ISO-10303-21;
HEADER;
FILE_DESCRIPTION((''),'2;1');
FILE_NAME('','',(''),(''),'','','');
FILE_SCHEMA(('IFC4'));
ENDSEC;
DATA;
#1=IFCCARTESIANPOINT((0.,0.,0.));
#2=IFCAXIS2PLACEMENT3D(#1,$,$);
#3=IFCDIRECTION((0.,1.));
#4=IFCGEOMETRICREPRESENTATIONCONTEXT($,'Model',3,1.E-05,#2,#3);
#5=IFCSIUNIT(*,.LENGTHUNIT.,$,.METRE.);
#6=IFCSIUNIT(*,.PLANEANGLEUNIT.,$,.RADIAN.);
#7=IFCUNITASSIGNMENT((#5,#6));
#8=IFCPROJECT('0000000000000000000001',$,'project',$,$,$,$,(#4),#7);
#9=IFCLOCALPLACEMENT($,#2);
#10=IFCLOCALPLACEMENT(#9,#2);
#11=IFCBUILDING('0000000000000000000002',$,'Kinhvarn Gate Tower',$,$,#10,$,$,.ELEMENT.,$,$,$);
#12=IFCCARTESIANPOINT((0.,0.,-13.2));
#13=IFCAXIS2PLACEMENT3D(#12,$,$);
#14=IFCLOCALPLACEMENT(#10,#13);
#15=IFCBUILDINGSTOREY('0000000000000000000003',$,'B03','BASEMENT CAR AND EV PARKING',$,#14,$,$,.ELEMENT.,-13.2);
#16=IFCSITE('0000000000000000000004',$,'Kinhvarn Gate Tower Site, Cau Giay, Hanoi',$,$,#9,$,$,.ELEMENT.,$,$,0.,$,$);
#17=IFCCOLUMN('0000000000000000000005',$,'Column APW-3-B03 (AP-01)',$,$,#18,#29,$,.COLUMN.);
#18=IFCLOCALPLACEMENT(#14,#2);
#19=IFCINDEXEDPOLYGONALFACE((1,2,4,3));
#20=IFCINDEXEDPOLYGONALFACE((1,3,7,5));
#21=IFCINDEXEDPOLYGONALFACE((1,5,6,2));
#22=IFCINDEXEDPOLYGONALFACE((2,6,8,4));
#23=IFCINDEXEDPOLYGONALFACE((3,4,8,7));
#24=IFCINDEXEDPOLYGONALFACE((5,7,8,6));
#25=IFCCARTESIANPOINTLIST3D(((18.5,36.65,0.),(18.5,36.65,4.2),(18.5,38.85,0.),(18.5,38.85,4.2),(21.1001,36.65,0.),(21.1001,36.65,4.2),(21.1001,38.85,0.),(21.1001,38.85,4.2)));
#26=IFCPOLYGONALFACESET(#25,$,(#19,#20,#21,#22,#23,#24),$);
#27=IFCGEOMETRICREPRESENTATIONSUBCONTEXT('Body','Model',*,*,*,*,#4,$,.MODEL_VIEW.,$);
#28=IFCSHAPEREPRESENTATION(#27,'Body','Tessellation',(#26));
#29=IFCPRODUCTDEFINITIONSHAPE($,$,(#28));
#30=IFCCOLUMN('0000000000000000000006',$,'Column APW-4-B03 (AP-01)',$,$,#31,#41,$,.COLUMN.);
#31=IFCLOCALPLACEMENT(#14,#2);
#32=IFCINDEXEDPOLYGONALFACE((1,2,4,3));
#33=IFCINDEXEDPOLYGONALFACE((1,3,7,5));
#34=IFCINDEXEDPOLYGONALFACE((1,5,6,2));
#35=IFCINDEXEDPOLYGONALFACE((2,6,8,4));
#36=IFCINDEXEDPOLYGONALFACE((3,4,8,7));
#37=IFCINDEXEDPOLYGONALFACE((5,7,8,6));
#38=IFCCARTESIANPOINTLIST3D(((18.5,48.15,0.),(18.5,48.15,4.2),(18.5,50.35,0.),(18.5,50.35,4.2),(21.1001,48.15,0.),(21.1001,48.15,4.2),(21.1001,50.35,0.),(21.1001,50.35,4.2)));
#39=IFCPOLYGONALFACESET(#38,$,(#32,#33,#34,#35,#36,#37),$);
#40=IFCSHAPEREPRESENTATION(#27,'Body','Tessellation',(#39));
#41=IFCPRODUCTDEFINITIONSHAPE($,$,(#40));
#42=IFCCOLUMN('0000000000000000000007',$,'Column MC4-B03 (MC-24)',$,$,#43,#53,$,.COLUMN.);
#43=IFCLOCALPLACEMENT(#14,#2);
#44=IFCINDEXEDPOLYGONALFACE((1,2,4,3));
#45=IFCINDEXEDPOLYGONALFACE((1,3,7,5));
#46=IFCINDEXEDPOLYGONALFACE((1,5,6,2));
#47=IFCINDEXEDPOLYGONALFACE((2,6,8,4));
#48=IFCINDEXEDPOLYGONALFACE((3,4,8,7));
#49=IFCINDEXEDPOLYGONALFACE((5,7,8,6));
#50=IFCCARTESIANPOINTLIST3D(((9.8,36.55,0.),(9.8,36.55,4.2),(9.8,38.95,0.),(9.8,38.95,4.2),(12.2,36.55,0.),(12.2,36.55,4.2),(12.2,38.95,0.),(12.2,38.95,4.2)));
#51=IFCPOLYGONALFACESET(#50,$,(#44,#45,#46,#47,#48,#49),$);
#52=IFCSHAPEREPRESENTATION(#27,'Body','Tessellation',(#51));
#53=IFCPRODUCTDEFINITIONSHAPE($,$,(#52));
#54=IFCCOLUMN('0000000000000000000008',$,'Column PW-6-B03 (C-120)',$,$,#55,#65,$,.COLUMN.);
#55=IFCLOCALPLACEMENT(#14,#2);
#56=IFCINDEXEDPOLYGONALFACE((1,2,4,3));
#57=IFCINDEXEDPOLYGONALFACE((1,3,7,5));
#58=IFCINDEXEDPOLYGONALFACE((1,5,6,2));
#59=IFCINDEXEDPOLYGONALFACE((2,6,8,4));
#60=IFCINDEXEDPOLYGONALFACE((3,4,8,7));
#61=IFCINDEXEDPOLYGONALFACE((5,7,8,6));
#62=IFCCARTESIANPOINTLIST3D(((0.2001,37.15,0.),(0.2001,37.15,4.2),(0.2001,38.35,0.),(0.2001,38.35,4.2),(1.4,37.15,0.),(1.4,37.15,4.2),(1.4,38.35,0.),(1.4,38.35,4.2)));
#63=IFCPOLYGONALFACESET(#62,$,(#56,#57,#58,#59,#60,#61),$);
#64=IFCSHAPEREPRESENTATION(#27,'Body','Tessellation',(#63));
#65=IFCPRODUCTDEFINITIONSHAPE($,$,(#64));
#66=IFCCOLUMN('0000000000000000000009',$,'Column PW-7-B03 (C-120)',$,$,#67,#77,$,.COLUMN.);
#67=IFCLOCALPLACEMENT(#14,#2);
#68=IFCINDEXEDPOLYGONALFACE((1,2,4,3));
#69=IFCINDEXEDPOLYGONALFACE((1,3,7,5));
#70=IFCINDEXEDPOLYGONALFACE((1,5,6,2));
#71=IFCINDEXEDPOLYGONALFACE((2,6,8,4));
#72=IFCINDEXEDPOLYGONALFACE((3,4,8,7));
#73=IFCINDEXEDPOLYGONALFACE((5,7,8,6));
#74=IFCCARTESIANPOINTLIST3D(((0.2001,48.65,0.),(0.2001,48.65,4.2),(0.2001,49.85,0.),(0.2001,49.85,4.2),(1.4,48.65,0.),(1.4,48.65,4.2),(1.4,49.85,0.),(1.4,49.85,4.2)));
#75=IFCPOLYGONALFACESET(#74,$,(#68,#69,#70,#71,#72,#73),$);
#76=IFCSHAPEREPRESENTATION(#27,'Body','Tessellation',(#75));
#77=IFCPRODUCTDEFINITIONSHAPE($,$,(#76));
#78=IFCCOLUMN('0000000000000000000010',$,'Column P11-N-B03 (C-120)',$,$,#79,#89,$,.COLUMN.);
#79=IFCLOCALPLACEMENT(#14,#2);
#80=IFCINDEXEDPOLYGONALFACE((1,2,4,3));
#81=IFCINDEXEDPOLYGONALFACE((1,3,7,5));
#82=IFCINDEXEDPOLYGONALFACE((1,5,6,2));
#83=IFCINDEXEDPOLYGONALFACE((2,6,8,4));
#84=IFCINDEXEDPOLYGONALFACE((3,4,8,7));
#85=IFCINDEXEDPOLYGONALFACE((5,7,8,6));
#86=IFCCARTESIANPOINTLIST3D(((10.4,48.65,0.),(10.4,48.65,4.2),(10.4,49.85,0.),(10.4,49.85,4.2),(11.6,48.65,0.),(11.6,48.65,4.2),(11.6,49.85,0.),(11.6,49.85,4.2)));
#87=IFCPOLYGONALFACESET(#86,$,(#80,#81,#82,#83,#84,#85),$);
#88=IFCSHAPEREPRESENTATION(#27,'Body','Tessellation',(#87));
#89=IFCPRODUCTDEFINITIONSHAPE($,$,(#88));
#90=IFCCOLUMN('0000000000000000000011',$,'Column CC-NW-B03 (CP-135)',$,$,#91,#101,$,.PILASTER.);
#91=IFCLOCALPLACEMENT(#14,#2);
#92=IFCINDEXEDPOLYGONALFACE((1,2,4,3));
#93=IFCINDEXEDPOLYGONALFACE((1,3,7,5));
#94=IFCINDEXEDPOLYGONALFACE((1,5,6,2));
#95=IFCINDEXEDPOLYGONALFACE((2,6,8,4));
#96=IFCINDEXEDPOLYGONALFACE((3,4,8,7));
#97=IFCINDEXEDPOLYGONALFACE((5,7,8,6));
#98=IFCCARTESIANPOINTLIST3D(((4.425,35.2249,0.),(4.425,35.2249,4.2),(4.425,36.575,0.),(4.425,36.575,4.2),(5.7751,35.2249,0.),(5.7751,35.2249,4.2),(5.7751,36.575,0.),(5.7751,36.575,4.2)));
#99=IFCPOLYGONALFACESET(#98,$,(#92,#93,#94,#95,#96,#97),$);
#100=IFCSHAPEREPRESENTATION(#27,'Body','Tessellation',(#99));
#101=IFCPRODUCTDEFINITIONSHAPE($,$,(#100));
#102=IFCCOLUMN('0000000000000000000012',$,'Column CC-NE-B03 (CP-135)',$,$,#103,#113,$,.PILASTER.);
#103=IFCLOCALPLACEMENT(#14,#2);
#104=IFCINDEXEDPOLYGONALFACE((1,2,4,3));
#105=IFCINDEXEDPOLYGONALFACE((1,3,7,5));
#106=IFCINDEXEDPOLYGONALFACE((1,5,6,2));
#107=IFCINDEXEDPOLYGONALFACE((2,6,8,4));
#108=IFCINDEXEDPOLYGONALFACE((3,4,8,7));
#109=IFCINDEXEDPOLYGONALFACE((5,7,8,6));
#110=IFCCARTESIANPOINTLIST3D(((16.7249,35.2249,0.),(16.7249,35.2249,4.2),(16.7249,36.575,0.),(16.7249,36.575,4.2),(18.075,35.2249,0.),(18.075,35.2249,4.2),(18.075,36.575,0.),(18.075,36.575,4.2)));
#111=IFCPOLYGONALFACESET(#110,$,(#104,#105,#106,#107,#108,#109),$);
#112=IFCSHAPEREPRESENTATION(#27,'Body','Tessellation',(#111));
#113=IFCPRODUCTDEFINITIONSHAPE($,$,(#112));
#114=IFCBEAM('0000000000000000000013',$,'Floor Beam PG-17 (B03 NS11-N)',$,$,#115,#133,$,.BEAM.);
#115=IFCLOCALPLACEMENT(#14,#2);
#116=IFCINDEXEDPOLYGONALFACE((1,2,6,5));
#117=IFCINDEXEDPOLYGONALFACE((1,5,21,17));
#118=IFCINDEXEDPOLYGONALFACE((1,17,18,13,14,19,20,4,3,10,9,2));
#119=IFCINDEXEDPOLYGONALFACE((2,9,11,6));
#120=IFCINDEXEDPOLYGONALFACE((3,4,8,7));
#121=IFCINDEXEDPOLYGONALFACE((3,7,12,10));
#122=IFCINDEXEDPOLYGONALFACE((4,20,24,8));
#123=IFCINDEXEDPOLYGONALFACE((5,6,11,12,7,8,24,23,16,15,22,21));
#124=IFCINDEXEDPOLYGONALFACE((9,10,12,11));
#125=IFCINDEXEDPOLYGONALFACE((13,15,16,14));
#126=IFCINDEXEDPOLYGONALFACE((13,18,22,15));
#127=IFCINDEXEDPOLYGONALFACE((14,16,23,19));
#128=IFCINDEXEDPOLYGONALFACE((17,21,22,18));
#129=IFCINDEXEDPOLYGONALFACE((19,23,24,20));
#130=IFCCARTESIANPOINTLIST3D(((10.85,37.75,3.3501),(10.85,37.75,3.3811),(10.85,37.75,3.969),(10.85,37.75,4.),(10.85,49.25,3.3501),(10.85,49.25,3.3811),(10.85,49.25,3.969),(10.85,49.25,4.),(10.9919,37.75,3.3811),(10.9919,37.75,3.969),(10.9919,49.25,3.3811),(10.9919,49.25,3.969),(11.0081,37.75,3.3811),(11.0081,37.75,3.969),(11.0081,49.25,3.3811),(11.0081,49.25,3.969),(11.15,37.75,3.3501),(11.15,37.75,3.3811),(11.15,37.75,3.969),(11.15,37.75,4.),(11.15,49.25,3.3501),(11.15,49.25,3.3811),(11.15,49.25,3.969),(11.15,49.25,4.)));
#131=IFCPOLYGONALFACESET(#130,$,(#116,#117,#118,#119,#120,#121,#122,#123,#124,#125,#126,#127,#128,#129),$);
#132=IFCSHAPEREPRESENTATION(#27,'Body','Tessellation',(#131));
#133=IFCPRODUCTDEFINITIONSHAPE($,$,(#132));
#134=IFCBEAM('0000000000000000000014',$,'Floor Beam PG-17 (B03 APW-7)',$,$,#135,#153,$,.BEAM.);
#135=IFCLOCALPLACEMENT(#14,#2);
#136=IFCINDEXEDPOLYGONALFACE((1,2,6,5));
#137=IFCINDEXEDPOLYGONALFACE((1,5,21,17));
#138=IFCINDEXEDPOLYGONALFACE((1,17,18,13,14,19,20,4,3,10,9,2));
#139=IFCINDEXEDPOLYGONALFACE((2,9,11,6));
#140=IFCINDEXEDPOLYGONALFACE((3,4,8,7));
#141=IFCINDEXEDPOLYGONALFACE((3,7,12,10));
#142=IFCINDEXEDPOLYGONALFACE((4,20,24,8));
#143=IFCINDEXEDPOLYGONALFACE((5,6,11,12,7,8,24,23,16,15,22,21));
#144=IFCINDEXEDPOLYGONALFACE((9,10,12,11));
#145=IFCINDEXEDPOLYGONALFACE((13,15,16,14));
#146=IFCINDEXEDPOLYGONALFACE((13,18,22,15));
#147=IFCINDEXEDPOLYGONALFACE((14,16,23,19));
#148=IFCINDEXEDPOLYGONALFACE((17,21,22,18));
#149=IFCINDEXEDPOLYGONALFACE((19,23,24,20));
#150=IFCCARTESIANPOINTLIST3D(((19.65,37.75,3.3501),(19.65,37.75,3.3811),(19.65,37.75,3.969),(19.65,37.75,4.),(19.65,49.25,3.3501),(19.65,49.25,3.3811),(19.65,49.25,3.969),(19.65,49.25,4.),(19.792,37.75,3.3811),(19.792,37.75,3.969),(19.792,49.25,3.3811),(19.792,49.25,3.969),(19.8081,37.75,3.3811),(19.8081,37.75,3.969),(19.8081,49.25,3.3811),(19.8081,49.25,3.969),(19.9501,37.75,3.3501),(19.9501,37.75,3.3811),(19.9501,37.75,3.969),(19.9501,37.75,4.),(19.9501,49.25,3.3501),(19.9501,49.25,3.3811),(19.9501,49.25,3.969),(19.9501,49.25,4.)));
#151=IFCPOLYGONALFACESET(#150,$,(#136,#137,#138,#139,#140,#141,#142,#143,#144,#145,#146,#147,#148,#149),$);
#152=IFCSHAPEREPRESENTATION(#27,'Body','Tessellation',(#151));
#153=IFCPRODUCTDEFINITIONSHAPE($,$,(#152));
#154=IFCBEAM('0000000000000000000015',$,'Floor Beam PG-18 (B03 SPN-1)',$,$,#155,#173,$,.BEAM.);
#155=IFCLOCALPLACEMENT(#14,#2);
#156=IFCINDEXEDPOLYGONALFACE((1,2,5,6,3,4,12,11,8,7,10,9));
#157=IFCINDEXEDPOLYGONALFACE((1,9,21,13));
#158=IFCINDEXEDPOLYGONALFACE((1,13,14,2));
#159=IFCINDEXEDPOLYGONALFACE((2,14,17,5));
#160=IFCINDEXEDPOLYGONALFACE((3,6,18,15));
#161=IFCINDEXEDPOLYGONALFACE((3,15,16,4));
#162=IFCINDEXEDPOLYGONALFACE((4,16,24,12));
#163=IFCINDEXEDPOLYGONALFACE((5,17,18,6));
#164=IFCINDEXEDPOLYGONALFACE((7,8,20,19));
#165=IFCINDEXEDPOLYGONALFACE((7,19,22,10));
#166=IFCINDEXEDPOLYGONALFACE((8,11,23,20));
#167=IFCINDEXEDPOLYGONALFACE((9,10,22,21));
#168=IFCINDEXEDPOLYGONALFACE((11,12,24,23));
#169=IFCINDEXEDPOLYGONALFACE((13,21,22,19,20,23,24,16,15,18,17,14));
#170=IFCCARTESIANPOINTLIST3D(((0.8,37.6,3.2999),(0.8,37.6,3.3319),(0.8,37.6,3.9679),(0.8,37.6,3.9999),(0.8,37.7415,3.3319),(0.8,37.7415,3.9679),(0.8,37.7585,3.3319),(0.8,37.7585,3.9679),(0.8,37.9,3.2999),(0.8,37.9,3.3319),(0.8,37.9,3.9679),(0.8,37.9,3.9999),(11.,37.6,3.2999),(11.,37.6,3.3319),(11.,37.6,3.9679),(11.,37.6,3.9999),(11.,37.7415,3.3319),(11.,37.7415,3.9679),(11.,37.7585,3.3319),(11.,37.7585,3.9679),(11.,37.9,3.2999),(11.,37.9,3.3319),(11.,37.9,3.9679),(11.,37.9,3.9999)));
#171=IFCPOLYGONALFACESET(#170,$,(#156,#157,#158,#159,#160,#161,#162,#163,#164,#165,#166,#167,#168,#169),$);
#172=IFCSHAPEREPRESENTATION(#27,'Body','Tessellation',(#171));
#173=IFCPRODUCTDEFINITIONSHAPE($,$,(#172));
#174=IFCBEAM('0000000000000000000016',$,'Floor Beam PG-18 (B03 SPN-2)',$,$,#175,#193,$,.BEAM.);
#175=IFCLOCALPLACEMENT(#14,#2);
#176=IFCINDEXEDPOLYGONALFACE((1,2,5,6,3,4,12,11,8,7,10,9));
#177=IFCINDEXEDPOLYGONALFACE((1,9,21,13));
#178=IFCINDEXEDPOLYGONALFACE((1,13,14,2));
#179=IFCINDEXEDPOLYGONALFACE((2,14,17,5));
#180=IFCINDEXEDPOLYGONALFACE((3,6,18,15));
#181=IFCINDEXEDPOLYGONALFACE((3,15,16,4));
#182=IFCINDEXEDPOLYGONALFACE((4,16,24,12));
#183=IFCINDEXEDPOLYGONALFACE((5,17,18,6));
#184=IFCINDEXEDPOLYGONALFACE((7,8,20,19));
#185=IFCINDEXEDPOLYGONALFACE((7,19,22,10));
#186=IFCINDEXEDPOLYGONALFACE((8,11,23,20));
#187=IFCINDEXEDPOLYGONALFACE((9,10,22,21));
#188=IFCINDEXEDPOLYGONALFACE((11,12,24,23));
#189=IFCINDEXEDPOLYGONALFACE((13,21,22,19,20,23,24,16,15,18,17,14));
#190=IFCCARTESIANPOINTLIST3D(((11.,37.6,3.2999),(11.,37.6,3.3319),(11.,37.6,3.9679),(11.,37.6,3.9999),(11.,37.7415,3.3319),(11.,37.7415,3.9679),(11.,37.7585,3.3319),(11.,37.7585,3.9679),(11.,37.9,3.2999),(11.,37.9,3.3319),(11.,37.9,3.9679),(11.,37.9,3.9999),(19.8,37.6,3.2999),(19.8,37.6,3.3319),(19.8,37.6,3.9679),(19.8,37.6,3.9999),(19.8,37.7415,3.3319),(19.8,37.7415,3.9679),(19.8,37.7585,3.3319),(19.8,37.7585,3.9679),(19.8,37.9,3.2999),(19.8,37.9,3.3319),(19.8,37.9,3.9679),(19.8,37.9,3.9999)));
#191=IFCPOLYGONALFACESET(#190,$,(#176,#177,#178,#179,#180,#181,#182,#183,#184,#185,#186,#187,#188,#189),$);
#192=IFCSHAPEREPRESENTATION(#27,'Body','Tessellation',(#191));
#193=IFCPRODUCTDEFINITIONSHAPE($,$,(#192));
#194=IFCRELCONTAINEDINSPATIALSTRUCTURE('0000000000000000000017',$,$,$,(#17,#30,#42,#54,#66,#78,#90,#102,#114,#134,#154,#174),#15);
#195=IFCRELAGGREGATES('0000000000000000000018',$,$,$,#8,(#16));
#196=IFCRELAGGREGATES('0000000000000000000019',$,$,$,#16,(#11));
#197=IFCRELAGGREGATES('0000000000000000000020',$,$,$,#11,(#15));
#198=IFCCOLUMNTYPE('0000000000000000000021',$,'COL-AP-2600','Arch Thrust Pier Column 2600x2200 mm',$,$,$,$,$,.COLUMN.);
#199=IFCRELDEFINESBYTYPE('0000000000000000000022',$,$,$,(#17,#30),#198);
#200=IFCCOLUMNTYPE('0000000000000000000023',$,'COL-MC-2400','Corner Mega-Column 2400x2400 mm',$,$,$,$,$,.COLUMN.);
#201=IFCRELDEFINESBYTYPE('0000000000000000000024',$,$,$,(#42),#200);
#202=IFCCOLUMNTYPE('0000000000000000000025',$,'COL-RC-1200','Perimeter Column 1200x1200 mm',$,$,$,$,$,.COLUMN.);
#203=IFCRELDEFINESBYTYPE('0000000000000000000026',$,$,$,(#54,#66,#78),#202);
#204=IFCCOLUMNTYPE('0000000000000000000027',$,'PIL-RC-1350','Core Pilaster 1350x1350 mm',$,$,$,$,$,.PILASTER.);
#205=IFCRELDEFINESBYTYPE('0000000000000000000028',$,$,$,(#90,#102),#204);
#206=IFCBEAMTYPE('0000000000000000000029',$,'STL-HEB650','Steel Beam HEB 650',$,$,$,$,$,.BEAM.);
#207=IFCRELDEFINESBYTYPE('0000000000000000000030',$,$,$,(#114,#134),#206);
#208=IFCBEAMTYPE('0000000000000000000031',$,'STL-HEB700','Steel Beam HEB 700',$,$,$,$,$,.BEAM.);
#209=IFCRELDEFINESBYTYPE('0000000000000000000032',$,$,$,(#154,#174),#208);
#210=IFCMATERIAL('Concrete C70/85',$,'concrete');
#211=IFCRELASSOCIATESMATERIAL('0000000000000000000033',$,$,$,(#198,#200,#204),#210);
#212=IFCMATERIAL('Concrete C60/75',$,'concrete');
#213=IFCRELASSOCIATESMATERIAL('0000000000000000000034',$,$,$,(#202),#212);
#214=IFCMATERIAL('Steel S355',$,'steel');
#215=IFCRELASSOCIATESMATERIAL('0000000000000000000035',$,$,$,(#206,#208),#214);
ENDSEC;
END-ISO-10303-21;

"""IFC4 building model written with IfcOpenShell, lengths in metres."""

from ifc_helpers import new_model, si_unit, direction, frame, origin, origin_2d, place, context, subcontext, project, spatial, rectangle, i_section, extrude, material, material_profile, profile_set, type_object, element, save


model = new_model("IFC4")

# Units and contexts
model_context = context("Model", 3, precision=1e-05, world=origin(), true_north=direction((0.0, 1.0)))
body_context = subcontext(model_context, "Body", "Model", "MODEL_VIEW")
ifc_project = project(units=[si_unit("LENGTHUNIT", "METRE"), si_unit("PLANEANGLEUNIT", "RADIAN")], contexts=[model_context])

# Site, building, storey
site_placement = place(None, origin())
site = spatial("IfcSite", under=ifc_project, at=site_placement, Name="Kinhvarn Gate Tower Site, Cau Giay, Hanoi", CompositionType="ELEMENT", RefElevation=0.0)
building_placement = place(site_placement, origin())
building = spatial("IfcBuilding", under=site, at=building_placement, Name="Kinhvarn Gate Tower", CompositionType="ELEMENT")
storey_placement = place(building_placement, frame((0.0, 0.0, -13.2)))
storey = spatial("IfcBuildingStorey", under=building, at=storey_placement, Name="B03", Description="BASEMENT CAR AND EV PARKING", CompositionType="ELEMENT", Elevation=-13.2)

# Columns
ifc_material_1 = material(Name="Concrete C70/85", Category="concrete")
ifc_material_profile_1 = material_profile(ifc_material_1, rectangle(XDim=2.6001, YDim=2.2, at=origin_2d()), Name="RC 2600x2200")
ifc_profile_set_1 = profile_set([ifc_material_profile_1], Name="Concrete C70/85")
column_type_1 = type_object("IfcColumnType", Name="COL-AP-2600", Description="Arch Thrust Pier Column 2600x2200 mm", PredefinedType="COLUMN", material=ifc_profile_set_1)
for number, where, z_axis, x_axis, name in (
    (1, (19.8, 37.75, 0.0), (0.0, 0.0, 1.0), (1.0, 0.0, 0.0), "Column APW-3-B03 (AP-01)"),
    (2, (19.8, 49.25, 0.0), (0.0, 0.0, 1.0), (1.0, 0.0, 0.0), "Column APW-4-B03 (AP-01)"),
):
    element("IfcColumn", number, at=place(storey_placement, frame(where, z_axis=z_axis, x_axis=x_axis)), inside=storey, type_object=column_type_1, Name=name, PredefinedType="COLUMN", context=body_context, shape_type="SweptSolid", body=[
        extrude(rectangle(XDim=2.6001, YDim=2.2, at=origin_2d()), origin(), (0.0, 0.0, 1.0), 4.2),
    ])
ifc_material_profile_2 = material_profile(ifc_material_1, rectangle(XDim=2.3999, YDim=2.3999, at=origin_2d()), Name="RC 2400x2400")
ifc_profile_set_2 = profile_set([ifc_material_profile_2], Name="Concrete C70/85")
column_type_2 = type_object("IfcColumnType", Name="COL-MC-2400", Description="Corner Mega-Column 2400x2400 mm", PredefinedType="COLUMN", material=ifc_profile_set_2)
column_placement = place(storey_placement, frame((11.0, 37.75, 0.0), z_axis=(0.0, 0.0, 1.0), x_axis=(1.0, 0.0, 0.0)))
element("IfcColumn", 3, at=column_placement, inside=storey, type_object=column_type_2, Name="Column MC4-B03 (MC-24)", PredefinedType="COLUMN", context=body_context, shape_type="SweptSolid", body=[
    extrude(rectangle(XDim=2.3999, YDim=2.3999, at=origin_2d()), origin(), (0.0, 0.0, 1.0), 4.2),
])
ifc_material_2 = material(Name="Concrete C60/75", Category="concrete")
ifc_material_profile_3 = material_profile(ifc_material_2, rectangle(XDim=1.2, YDim=1.2, at=origin_2d()), Name="RC 1200x1200")
ifc_profile_set_3 = profile_set([ifc_material_profile_3], Name="Concrete C60/75")
column_type_3 = type_object("IfcColumnType", Name="COL-RC-1200", Description="Perimeter Column 1200x1200 mm", PredefinedType="COLUMN", material=ifc_profile_set_3)
for number, where, z_axis, x_axis, name in (
    (4, (0.8, 37.75, 0.0), (0.0, 0.0, 1.0), (1.0, 0.0, 0.0), "Column PW-6-B03 (C-120)"),
    (5, (0.8, 49.25, 0.0), (0.0, 0.0, 1.0), (1.0, 0.0, 0.0), "Column PW-7-B03 (C-120)"),
    (6, (11.0, 49.25, 0.0), (0.0, 0.0, 1.0), (1.0, 0.0, 0.0), "Column P11-N-B03 (C-120)"),
):
    element("IfcColumn", number, at=place(storey_placement, frame(where, z_axis=z_axis, x_axis=x_axis)), inside=storey, type_object=column_type_3, Name=name, PredefinedType="COLUMN", context=body_context, shape_type="SweptSolid", body=[
        extrude(rectangle(XDim=1.2, YDim=1.2, at=origin_2d()), origin(), (0.0, 0.0, 1.0), 4.2),
    ])
ifc_material_profile_4 = material_profile(ifc_material_1, rectangle(XDim=1.3501, YDim=1.3501, at=origin_2d()), Name="RC 1350x1350")
ifc_profile_set_4 = profile_set([ifc_material_profile_4], Name="Concrete C70/85")
column_type_4 = type_object("IfcColumnType", Name="PIL-RC-1350", Description="Core Pilaster 1350x1350 mm", PredefinedType="PILASTER", material=ifc_profile_set_4)
for number, where, z_axis, x_axis, name in (
    (7, (5.1001, 35.8999, 0.0), (0.0, 0.0, 1.0), (1.0, 0.0, 0.0), "Column CC-NW-B03 (CP-135)"),
    (8, (17.3999, 35.8999, 0.0), (0.0, 0.0, 1.0), (1.0, 0.0, 0.0), "Column CC-NE-B03 (CP-135)"),
):
    element("IfcColumn", number, at=place(storey_placement, frame(where, z_axis=z_axis, x_axis=x_axis)), inside=storey, type_object=column_type_4, Name=name, PredefinedType="PILASTER", context=body_context, shape_type="SweptSolid", body=[
        extrude(rectangle(XDim=1.3501, YDim=1.3501, at=origin_2d()), origin(), (0.0, 0.0, 1.0), 4.2),
    ])

# Beams
ifc_material_3 = material(Name="Steel S355", Category="steel")
ifc_material_profile_5 = material_profile(ifc_material_3, i_section(OverallWidth=0.3, OverallDepth=0.6499, WebThickness=0.0161, FlangeThickness=0.031, at=origin_2d()), Name="HEB 650")
ifc_profile_set_5 = profile_set([ifc_material_profile_5], Name="Steel S355")
beam_type_1 = type_object("IfcBeamType", Name="STL-HEB650", Description="Steel Beam HEB 650", PredefinedType="BEAM", material=ifc_profile_set_5)
for number, where, z_axis, x_axis, name in (
    (9, (11.0, 37.75, 3.675), (0.0, 1.0, 0.0), (-1.0, 0.0, 0.0), "Floor Beam PG-17 (B03 NS11-N)"),
    (10, (19.8, 37.75, 3.675), (0.0, 1.0, 0.0), (-1.0, 0.0, 0.0), "Floor Beam PG-17 (B03 APW-7)"),
):
    element("IfcBeam", number, at=place(storey_placement, frame(where, z_axis=z_axis, x_axis=x_axis)), inside=storey, type_object=beam_type_1, Name=name, PredefinedType="BEAM", context=body_context, shape_type="SweptSolid", body=[
        extrude(i_section(OverallWidth=0.3, OverallDepth=0.6499, WebThickness=0.0161, FlangeThickness=0.031, at=origin_2d()), origin(), (0.0, 0.0, 1.0), 11.5),
    ])
ifc_material_profile_6 = material_profile(ifc_material_3, i_section(OverallWidth=0.3, OverallDepth=0.7, WebThickness=0.0171, FlangeThickness=0.032, at=origin_2d()), Name="HEB 700")
ifc_profile_set_6 = profile_set([ifc_material_profile_6], Name="Steel S355")
beam_type_2 = type_object("IfcBeamType", Name="STL-HEB700", Description="Steel Beam HEB 700", PredefinedType="BEAM", material=ifc_profile_set_6)
beam_1_placement = place(storey_placement, frame((0.8, 37.75, 3.6499), z_axis=(1.0, 0.0, 0.0), x_axis=(0.0, 1.0, 0.0)))
element("IfcBeam", 11, at=beam_1_placement, inside=storey, type_object=beam_type_2, Name="Floor Beam PG-18 (B03 SPN-1)", PredefinedType="BEAM", context=body_context, shape_type="SweptSolid", body=[
    extrude(i_section(OverallWidth=0.3, OverallDepth=0.7, WebThickness=0.0171, FlangeThickness=0.032, at=origin_2d()), origin(), (0.0, 0.0, 1.0), 10.2),
])
beam_2_placement = place(storey_placement, frame((11.0, 37.75, 3.6499), z_axis=(1.0, 0.0, 0.0), x_axis=(0.0, 1.0, 0.0)))
element("IfcBeam", 12, at=beam_2_placement, inside=storey, type_object=beam_type_2, Name="Floor Beam PG-18 (B03 SPN-2)", PredefinedType="BEAM", context=body_context, shape_type="SweptSolid", body=[
    extrude(i_section(OverallWidth=0.3, OverallDepth=0.7, WebThickness=0.0171, FlangeThickness=0.032, at=origin_2d()), origin(), (0.0, 0.0, 1.0), 8.8),
])

save(model, "model.ifc")
